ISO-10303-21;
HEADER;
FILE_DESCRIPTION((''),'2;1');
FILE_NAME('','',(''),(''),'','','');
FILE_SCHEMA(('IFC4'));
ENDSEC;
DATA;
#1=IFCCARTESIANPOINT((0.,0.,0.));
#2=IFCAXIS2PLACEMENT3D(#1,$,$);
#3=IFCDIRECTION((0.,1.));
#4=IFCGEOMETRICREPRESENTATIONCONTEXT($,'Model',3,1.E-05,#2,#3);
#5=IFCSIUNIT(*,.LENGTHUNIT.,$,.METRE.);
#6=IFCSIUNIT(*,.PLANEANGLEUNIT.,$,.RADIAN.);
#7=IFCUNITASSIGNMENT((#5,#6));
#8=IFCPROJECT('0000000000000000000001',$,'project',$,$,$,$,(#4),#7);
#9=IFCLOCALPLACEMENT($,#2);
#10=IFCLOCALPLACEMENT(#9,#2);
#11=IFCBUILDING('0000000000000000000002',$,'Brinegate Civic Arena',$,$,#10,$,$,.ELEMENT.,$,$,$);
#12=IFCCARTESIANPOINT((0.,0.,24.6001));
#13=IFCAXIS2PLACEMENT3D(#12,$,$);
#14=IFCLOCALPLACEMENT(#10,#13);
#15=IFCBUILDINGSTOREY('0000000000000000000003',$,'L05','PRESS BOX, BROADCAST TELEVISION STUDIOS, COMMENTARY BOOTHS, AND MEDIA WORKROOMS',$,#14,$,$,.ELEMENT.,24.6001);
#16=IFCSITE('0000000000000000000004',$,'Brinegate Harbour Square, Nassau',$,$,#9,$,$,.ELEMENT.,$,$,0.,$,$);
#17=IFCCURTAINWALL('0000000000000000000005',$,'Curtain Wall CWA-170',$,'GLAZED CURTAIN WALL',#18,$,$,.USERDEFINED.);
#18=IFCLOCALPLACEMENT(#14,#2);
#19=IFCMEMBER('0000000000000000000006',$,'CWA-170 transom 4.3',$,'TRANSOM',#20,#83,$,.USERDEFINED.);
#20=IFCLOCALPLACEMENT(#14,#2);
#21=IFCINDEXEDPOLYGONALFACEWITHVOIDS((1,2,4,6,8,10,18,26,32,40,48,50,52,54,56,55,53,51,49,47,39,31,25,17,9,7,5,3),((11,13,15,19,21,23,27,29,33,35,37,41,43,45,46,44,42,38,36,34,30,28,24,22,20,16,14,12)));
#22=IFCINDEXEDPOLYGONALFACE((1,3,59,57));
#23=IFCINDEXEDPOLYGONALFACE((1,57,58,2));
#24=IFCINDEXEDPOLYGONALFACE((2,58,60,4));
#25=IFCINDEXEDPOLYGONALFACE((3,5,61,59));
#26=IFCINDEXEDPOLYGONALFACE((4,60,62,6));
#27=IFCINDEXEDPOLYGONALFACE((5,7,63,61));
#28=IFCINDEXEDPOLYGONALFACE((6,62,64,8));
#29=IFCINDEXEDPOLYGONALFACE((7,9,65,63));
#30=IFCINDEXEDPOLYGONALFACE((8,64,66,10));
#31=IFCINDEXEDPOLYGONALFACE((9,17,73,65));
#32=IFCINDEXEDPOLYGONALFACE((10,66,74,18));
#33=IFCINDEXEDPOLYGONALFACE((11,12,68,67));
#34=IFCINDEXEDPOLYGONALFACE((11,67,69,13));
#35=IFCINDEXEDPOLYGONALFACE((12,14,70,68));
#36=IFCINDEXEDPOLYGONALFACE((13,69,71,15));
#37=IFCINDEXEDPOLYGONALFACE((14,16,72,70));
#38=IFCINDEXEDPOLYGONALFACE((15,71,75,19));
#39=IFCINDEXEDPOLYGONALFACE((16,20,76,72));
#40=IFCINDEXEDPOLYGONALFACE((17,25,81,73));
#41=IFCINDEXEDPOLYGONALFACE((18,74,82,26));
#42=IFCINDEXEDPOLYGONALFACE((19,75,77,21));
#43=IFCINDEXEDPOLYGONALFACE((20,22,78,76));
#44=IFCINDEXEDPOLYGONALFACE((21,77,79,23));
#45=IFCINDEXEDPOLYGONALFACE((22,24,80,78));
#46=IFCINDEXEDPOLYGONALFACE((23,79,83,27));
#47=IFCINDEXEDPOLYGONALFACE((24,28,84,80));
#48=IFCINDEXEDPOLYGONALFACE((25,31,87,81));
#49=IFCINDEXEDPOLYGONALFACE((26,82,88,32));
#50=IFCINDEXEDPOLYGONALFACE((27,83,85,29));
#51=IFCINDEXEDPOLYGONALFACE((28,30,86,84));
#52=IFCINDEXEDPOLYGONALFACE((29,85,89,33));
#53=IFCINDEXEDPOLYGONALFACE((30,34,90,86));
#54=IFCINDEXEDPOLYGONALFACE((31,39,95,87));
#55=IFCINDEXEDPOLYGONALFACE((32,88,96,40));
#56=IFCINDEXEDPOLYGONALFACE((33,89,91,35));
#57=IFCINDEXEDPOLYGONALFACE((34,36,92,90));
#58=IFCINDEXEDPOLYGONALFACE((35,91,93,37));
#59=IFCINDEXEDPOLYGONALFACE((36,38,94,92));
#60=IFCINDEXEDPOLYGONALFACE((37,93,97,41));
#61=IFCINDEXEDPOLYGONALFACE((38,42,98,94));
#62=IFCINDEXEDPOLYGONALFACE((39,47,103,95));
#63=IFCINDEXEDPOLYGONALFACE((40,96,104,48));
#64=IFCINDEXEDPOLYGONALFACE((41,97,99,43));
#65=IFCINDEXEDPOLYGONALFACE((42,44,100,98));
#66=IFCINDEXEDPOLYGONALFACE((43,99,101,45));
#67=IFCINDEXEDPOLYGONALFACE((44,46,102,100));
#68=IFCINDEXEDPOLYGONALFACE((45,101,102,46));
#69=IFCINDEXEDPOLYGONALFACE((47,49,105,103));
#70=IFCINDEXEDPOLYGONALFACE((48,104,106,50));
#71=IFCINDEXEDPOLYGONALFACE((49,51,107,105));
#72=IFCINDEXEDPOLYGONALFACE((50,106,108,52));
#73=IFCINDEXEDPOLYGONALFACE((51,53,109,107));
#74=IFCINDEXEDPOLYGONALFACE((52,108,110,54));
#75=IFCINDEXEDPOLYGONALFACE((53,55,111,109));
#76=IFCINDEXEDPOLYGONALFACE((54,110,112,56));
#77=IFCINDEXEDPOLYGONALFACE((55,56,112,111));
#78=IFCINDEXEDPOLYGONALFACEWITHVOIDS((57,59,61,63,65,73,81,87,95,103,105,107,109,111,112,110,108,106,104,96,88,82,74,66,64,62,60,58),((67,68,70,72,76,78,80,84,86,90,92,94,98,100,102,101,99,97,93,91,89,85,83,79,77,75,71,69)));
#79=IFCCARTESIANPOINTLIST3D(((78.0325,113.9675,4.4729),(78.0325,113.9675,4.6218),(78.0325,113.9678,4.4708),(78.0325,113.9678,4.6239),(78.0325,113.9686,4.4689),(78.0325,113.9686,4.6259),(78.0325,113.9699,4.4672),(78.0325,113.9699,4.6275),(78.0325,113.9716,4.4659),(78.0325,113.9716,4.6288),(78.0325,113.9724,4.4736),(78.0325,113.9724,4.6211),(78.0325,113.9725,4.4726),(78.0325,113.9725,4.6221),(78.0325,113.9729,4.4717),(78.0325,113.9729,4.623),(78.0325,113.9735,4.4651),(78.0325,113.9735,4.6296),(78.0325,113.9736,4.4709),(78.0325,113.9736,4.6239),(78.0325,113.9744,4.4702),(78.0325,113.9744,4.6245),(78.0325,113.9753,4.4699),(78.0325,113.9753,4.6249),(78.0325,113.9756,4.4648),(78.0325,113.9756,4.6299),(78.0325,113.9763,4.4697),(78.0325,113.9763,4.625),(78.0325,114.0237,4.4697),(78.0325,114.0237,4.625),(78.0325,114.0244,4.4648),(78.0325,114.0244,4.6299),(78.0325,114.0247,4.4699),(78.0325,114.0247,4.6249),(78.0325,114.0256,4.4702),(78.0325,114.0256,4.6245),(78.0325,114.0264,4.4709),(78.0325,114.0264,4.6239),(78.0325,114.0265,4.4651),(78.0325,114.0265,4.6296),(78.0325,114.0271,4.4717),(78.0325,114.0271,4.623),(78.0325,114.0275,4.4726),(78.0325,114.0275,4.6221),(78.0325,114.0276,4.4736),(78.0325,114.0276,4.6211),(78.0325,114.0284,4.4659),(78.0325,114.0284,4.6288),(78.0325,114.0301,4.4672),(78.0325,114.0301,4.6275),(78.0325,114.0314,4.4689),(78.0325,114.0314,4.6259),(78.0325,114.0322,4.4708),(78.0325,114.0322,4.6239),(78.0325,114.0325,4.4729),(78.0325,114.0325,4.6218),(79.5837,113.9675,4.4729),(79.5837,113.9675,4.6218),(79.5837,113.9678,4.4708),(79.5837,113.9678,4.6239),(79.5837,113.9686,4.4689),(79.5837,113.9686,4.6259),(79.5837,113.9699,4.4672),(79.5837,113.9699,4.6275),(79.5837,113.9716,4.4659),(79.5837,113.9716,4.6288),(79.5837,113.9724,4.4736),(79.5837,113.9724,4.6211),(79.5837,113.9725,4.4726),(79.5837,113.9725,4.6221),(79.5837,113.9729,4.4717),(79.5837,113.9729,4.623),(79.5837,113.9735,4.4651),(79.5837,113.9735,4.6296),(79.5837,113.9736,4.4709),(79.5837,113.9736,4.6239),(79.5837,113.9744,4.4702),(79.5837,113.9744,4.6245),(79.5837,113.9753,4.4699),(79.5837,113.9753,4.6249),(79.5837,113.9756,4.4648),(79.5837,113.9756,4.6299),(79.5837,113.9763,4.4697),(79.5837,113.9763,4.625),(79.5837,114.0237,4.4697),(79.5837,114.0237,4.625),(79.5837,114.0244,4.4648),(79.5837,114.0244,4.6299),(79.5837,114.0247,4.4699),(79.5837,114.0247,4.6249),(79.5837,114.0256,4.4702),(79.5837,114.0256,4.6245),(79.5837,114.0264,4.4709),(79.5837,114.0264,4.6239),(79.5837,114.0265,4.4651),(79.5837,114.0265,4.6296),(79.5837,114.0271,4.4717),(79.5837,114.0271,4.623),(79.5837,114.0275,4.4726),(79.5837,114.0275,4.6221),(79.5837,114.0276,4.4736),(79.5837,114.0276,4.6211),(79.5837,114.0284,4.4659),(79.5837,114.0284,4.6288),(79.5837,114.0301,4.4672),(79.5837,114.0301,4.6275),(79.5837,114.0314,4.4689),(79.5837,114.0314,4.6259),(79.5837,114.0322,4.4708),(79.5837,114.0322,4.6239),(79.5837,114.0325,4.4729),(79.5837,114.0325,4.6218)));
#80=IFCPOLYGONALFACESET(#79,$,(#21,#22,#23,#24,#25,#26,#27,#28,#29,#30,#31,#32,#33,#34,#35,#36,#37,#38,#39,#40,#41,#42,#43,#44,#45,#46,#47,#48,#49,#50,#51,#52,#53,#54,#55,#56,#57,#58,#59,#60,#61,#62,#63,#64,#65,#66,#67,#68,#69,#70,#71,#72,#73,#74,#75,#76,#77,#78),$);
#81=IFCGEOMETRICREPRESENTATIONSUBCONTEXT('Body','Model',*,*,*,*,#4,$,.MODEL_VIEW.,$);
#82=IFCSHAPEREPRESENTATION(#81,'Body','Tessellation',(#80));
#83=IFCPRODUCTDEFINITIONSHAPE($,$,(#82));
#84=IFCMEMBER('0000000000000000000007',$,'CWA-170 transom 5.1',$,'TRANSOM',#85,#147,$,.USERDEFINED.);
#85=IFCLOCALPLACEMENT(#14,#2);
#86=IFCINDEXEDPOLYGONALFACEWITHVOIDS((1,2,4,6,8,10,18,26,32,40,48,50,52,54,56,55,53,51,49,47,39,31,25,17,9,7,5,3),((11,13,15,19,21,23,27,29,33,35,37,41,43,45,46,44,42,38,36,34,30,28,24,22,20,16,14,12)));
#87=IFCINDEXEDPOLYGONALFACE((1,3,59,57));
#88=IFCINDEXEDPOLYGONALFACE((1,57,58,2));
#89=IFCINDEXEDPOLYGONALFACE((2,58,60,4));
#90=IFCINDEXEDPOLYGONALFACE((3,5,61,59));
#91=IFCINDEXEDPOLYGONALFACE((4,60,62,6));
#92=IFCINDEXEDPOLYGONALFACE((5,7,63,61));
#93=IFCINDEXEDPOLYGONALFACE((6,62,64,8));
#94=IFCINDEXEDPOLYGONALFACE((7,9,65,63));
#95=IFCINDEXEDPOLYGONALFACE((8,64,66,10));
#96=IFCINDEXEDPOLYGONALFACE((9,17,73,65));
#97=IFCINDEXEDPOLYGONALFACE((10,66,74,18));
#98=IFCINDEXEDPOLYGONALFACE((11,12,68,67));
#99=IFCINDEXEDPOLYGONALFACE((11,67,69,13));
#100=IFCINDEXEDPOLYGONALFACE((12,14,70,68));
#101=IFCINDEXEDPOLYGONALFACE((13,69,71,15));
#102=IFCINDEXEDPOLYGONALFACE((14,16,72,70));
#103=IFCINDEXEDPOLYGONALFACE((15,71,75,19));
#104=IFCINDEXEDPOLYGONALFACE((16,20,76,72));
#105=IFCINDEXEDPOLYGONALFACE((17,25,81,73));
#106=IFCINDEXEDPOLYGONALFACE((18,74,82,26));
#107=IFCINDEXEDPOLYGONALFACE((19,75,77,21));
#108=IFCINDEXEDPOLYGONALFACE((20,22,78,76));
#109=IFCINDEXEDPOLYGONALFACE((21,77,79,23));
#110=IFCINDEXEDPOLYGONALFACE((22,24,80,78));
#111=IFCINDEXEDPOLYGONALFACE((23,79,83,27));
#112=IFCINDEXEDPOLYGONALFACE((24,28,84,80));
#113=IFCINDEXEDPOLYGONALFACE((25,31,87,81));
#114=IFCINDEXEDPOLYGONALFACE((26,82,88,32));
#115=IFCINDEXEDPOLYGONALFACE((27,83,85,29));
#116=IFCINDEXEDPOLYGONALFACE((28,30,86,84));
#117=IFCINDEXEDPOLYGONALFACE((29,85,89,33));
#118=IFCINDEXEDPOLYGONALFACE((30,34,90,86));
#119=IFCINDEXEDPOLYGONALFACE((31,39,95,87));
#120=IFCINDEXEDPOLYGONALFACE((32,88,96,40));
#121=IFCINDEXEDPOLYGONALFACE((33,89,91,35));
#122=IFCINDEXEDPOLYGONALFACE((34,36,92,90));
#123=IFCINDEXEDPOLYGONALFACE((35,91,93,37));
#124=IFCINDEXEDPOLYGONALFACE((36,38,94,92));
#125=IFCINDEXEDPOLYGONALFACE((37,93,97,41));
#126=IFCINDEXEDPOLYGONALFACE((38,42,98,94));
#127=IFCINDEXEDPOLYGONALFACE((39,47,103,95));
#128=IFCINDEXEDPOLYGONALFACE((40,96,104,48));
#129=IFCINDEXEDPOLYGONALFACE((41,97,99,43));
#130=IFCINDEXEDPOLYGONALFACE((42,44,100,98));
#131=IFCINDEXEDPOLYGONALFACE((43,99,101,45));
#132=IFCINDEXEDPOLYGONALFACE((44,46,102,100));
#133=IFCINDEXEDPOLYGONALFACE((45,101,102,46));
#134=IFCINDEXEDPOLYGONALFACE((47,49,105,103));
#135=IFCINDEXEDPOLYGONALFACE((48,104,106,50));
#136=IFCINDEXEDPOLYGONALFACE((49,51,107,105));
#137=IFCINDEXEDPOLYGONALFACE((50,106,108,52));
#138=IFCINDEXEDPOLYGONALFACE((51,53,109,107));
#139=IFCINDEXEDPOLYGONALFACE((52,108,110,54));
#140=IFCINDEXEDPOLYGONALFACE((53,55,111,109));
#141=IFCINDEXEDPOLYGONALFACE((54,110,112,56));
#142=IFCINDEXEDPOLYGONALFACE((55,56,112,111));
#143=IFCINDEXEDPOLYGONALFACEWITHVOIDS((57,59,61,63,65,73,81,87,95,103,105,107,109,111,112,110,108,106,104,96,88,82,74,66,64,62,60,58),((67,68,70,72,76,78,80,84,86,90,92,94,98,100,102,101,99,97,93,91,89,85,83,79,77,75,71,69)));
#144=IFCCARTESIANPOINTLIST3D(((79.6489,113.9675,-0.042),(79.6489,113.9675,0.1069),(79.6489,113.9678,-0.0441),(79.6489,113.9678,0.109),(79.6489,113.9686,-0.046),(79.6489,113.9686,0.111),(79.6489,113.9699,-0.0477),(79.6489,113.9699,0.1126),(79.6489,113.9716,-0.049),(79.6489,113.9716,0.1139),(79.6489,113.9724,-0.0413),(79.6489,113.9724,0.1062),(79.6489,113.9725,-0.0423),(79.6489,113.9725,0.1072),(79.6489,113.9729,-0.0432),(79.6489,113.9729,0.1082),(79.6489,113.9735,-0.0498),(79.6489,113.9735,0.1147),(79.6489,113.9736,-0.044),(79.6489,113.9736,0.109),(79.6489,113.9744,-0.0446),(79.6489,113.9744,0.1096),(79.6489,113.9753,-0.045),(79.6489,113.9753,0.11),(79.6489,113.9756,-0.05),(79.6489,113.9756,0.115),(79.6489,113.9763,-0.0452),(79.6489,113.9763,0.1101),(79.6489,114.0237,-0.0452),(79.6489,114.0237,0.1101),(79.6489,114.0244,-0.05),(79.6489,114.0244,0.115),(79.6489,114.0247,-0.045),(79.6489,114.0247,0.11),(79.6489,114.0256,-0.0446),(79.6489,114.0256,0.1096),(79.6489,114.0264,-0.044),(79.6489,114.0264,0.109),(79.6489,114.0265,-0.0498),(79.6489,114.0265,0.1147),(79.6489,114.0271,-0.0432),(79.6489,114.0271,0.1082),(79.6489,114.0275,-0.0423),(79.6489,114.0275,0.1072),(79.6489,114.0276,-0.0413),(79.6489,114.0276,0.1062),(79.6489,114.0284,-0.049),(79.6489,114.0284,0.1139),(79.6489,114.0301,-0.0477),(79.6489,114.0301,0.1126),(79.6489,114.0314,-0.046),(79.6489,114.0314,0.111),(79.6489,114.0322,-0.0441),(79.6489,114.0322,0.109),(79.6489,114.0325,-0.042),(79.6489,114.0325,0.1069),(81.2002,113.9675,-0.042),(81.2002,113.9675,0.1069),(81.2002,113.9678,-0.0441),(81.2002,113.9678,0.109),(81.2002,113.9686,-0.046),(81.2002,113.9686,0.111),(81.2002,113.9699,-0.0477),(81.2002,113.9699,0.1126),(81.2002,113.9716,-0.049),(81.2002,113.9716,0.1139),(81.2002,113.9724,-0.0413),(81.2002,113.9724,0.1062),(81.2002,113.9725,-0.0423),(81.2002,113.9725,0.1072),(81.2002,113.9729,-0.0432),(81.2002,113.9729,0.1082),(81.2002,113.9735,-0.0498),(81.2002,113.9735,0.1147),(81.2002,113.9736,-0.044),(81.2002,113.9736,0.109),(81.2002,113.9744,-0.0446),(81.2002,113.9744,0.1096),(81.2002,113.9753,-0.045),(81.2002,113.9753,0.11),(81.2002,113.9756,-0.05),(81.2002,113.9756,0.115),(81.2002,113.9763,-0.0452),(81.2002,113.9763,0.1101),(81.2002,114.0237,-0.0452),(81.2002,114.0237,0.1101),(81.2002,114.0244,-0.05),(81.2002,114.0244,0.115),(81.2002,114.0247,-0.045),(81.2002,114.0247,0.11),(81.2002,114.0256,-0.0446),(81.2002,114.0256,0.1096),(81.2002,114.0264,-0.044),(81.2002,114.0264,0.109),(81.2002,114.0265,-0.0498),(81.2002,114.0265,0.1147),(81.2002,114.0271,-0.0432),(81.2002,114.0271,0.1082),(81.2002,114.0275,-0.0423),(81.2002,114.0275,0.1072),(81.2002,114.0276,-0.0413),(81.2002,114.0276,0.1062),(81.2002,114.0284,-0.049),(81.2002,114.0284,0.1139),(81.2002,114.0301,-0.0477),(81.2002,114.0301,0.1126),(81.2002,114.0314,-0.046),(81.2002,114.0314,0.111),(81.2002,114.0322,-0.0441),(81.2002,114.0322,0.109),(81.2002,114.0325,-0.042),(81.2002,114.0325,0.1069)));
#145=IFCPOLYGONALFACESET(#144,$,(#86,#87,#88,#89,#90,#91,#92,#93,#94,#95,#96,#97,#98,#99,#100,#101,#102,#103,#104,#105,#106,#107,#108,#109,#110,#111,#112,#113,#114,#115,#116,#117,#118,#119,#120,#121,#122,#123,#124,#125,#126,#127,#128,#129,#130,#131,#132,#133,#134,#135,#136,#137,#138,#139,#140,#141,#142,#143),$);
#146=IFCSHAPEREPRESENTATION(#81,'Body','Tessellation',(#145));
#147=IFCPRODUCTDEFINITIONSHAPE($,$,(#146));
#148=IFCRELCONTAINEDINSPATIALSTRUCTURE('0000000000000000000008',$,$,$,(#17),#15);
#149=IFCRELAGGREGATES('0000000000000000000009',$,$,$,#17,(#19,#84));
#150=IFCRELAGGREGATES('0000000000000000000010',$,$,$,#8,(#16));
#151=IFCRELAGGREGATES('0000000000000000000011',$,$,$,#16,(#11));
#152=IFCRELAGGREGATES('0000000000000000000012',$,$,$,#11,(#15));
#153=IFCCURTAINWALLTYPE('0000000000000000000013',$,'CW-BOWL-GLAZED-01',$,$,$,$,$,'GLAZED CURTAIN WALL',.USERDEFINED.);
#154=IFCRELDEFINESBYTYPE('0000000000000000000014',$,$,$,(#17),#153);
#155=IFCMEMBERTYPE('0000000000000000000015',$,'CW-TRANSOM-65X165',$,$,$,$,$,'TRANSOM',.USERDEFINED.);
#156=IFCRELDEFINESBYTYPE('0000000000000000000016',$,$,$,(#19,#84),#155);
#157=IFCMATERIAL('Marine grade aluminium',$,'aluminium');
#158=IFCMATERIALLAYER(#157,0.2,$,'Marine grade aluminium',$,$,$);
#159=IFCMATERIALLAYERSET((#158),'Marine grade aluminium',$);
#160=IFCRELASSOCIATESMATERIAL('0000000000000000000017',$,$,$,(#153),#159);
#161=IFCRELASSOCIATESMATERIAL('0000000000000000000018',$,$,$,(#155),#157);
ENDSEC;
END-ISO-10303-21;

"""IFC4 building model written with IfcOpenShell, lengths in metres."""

from ifc_helpers import new_model, si_unit, direction, frame, origin, origin_2d, place, context, subcontext, project, spatial, hollow_rectangle, extrude, material, layer, layer_set, material_profile, profile_set, type_object, element, aggregate, save


model = new_model("IFC4")

# Units and contexts
model_context = context("Model", 3, precision=1e-05, world=origin(), true_north=direction((0.0, 1.0)))
body_context = subcontext(model_context, "Body", "Model", "MODEL_VIEW")
ifc_project = project(units=[si_unit("LENGTHUNIT", "METRE"), si_unit("PLANEANGLEUNIT", "RADIAN")], contexts=[model_context])

# Site, building, storey
site_placement = place(None, origin())
site = spatial("IfcSite", under=ifc_project, at=site_placement, Name="Brinegate Harbour Square, Nassau", CompositionType="ELEMENT", RefElevation=0.0)
building_placement = place(site_placement, origin())
building = spatial("IfcBuilding", under=site, at=building_placement, Name="Brinegate Civic Arena", CompositionType="ELEMENT")
storey_placement = place(building_placement, frame((0.0, 0.0, 24.6001)))
storey = spatial("IfcBuildingStorey", under=building, at=storey_placement, Name="L05", Description="PRESS BOX, BROADCAST TELEVISION STUDIOS, COMMENTARY BOOTHS, AND MEDIA WORKROOMS", CompositionType="ELEMENT", Elevation=24.6001)

# Curtain wall, members
ifc_material_1 = material(Name="Marine grade aluminium", Category="aluminium")
ifc_layer_1 = layer(ifc_material_1, 0.2, Name="Marine grade aluminium")
ifc_layer_set_1 = layer_set([ifc_layer_1], Name="Marine grade aluminium")
curtain_wall_type = type_object("IfcCurtainWallType", Name="CW-BOWL-GLAZED-01", ElementType="GLAZED CURTAIN WALL", PredefinedType="USERDEFINED", material=ifc_layer_set_1)
curtain_wall_placement = place(storey_placement, origin())
curtain_wall = element("IfcCurtainWall", 1, at=curtain_wall_placement, inside=storey, type_object=curtain_wall_type, Name="Curtain Wall CWA-170", ObjectType="GLAZED CURTAIN WALL", PredefinedType="USERDEFINED")
ifc_material_profile_1 = material_profile(ifc_material_1, hollow_rectangle(XDim=0.0649, YDim=0.165, WallThickness=0.0049, InnerFilletRadius=0.0039, OuterFilletRadius=0.0081, at=origin_2d()), Name="TRN65X165")
ifc_profile_set_1 = profile_set([ifc_material_profile_1], Name="Marine grade aluminium")
member_type_1 = type_object("IfcMemberType", Name="CW-TRANSOM-65X165", ElementType="TRANSOM", PredefinedType="USERDEFINED", material=ifc_profile_set_1)
member_1_placement = place(storey_placement, frame((78.0325, 114.0, 4.5474), z_axis=(1.0, 0.0, 0.0), x_axis=(0.0, 1.0, 0.0)))
member_1 = element("IfcMember", 2, at=member_1_placement, type_object=member_type_1, Name="CWA-170 transom 4.3", ObjectType="TRANSOM", PredefinedType="USERDEFINED", context=body_context, shape_type="SweptSolid", body=[
    extrude(hollow_rectangle(XDim=0.0649, YDim=0.165, WallThickness=0.0049, InnerFilletRadius=0.0039, OuterFilletRadius=0.0081, at=origin_2d()), origin(), (0.0, 0.0, 1.0), 1.5513),
])
member_2_placement = place(storey_placement, frame((79.6489, 114.0, 0.0325), z_axis=(1.0, 0.0, 0.0), x_axis=(0.0, 1.0, 0.0)))
member_2 = element("IfcMember", 3, at=member_2_placement, type_object=member_type_1, Name="CWA-170 transom 5.1", ObjectType="TRANSOM", PredefinedType="USERDEFINED", context=body_context, shape_type="SweptSolid", body=[
    extrude(hollow_rectangle(XDim=0.0649, YDim=0.165, WallThickness=0.0049, InnerFilletRadius=0.0039, OuterFilletRadius=0.0081, at=origin_2d()), origin(), (0.0, 0.0, 1.0), 1.5513),
])
aggregate(curtain_wall, [member_1, member_2])

save(model, "model.ifc")
